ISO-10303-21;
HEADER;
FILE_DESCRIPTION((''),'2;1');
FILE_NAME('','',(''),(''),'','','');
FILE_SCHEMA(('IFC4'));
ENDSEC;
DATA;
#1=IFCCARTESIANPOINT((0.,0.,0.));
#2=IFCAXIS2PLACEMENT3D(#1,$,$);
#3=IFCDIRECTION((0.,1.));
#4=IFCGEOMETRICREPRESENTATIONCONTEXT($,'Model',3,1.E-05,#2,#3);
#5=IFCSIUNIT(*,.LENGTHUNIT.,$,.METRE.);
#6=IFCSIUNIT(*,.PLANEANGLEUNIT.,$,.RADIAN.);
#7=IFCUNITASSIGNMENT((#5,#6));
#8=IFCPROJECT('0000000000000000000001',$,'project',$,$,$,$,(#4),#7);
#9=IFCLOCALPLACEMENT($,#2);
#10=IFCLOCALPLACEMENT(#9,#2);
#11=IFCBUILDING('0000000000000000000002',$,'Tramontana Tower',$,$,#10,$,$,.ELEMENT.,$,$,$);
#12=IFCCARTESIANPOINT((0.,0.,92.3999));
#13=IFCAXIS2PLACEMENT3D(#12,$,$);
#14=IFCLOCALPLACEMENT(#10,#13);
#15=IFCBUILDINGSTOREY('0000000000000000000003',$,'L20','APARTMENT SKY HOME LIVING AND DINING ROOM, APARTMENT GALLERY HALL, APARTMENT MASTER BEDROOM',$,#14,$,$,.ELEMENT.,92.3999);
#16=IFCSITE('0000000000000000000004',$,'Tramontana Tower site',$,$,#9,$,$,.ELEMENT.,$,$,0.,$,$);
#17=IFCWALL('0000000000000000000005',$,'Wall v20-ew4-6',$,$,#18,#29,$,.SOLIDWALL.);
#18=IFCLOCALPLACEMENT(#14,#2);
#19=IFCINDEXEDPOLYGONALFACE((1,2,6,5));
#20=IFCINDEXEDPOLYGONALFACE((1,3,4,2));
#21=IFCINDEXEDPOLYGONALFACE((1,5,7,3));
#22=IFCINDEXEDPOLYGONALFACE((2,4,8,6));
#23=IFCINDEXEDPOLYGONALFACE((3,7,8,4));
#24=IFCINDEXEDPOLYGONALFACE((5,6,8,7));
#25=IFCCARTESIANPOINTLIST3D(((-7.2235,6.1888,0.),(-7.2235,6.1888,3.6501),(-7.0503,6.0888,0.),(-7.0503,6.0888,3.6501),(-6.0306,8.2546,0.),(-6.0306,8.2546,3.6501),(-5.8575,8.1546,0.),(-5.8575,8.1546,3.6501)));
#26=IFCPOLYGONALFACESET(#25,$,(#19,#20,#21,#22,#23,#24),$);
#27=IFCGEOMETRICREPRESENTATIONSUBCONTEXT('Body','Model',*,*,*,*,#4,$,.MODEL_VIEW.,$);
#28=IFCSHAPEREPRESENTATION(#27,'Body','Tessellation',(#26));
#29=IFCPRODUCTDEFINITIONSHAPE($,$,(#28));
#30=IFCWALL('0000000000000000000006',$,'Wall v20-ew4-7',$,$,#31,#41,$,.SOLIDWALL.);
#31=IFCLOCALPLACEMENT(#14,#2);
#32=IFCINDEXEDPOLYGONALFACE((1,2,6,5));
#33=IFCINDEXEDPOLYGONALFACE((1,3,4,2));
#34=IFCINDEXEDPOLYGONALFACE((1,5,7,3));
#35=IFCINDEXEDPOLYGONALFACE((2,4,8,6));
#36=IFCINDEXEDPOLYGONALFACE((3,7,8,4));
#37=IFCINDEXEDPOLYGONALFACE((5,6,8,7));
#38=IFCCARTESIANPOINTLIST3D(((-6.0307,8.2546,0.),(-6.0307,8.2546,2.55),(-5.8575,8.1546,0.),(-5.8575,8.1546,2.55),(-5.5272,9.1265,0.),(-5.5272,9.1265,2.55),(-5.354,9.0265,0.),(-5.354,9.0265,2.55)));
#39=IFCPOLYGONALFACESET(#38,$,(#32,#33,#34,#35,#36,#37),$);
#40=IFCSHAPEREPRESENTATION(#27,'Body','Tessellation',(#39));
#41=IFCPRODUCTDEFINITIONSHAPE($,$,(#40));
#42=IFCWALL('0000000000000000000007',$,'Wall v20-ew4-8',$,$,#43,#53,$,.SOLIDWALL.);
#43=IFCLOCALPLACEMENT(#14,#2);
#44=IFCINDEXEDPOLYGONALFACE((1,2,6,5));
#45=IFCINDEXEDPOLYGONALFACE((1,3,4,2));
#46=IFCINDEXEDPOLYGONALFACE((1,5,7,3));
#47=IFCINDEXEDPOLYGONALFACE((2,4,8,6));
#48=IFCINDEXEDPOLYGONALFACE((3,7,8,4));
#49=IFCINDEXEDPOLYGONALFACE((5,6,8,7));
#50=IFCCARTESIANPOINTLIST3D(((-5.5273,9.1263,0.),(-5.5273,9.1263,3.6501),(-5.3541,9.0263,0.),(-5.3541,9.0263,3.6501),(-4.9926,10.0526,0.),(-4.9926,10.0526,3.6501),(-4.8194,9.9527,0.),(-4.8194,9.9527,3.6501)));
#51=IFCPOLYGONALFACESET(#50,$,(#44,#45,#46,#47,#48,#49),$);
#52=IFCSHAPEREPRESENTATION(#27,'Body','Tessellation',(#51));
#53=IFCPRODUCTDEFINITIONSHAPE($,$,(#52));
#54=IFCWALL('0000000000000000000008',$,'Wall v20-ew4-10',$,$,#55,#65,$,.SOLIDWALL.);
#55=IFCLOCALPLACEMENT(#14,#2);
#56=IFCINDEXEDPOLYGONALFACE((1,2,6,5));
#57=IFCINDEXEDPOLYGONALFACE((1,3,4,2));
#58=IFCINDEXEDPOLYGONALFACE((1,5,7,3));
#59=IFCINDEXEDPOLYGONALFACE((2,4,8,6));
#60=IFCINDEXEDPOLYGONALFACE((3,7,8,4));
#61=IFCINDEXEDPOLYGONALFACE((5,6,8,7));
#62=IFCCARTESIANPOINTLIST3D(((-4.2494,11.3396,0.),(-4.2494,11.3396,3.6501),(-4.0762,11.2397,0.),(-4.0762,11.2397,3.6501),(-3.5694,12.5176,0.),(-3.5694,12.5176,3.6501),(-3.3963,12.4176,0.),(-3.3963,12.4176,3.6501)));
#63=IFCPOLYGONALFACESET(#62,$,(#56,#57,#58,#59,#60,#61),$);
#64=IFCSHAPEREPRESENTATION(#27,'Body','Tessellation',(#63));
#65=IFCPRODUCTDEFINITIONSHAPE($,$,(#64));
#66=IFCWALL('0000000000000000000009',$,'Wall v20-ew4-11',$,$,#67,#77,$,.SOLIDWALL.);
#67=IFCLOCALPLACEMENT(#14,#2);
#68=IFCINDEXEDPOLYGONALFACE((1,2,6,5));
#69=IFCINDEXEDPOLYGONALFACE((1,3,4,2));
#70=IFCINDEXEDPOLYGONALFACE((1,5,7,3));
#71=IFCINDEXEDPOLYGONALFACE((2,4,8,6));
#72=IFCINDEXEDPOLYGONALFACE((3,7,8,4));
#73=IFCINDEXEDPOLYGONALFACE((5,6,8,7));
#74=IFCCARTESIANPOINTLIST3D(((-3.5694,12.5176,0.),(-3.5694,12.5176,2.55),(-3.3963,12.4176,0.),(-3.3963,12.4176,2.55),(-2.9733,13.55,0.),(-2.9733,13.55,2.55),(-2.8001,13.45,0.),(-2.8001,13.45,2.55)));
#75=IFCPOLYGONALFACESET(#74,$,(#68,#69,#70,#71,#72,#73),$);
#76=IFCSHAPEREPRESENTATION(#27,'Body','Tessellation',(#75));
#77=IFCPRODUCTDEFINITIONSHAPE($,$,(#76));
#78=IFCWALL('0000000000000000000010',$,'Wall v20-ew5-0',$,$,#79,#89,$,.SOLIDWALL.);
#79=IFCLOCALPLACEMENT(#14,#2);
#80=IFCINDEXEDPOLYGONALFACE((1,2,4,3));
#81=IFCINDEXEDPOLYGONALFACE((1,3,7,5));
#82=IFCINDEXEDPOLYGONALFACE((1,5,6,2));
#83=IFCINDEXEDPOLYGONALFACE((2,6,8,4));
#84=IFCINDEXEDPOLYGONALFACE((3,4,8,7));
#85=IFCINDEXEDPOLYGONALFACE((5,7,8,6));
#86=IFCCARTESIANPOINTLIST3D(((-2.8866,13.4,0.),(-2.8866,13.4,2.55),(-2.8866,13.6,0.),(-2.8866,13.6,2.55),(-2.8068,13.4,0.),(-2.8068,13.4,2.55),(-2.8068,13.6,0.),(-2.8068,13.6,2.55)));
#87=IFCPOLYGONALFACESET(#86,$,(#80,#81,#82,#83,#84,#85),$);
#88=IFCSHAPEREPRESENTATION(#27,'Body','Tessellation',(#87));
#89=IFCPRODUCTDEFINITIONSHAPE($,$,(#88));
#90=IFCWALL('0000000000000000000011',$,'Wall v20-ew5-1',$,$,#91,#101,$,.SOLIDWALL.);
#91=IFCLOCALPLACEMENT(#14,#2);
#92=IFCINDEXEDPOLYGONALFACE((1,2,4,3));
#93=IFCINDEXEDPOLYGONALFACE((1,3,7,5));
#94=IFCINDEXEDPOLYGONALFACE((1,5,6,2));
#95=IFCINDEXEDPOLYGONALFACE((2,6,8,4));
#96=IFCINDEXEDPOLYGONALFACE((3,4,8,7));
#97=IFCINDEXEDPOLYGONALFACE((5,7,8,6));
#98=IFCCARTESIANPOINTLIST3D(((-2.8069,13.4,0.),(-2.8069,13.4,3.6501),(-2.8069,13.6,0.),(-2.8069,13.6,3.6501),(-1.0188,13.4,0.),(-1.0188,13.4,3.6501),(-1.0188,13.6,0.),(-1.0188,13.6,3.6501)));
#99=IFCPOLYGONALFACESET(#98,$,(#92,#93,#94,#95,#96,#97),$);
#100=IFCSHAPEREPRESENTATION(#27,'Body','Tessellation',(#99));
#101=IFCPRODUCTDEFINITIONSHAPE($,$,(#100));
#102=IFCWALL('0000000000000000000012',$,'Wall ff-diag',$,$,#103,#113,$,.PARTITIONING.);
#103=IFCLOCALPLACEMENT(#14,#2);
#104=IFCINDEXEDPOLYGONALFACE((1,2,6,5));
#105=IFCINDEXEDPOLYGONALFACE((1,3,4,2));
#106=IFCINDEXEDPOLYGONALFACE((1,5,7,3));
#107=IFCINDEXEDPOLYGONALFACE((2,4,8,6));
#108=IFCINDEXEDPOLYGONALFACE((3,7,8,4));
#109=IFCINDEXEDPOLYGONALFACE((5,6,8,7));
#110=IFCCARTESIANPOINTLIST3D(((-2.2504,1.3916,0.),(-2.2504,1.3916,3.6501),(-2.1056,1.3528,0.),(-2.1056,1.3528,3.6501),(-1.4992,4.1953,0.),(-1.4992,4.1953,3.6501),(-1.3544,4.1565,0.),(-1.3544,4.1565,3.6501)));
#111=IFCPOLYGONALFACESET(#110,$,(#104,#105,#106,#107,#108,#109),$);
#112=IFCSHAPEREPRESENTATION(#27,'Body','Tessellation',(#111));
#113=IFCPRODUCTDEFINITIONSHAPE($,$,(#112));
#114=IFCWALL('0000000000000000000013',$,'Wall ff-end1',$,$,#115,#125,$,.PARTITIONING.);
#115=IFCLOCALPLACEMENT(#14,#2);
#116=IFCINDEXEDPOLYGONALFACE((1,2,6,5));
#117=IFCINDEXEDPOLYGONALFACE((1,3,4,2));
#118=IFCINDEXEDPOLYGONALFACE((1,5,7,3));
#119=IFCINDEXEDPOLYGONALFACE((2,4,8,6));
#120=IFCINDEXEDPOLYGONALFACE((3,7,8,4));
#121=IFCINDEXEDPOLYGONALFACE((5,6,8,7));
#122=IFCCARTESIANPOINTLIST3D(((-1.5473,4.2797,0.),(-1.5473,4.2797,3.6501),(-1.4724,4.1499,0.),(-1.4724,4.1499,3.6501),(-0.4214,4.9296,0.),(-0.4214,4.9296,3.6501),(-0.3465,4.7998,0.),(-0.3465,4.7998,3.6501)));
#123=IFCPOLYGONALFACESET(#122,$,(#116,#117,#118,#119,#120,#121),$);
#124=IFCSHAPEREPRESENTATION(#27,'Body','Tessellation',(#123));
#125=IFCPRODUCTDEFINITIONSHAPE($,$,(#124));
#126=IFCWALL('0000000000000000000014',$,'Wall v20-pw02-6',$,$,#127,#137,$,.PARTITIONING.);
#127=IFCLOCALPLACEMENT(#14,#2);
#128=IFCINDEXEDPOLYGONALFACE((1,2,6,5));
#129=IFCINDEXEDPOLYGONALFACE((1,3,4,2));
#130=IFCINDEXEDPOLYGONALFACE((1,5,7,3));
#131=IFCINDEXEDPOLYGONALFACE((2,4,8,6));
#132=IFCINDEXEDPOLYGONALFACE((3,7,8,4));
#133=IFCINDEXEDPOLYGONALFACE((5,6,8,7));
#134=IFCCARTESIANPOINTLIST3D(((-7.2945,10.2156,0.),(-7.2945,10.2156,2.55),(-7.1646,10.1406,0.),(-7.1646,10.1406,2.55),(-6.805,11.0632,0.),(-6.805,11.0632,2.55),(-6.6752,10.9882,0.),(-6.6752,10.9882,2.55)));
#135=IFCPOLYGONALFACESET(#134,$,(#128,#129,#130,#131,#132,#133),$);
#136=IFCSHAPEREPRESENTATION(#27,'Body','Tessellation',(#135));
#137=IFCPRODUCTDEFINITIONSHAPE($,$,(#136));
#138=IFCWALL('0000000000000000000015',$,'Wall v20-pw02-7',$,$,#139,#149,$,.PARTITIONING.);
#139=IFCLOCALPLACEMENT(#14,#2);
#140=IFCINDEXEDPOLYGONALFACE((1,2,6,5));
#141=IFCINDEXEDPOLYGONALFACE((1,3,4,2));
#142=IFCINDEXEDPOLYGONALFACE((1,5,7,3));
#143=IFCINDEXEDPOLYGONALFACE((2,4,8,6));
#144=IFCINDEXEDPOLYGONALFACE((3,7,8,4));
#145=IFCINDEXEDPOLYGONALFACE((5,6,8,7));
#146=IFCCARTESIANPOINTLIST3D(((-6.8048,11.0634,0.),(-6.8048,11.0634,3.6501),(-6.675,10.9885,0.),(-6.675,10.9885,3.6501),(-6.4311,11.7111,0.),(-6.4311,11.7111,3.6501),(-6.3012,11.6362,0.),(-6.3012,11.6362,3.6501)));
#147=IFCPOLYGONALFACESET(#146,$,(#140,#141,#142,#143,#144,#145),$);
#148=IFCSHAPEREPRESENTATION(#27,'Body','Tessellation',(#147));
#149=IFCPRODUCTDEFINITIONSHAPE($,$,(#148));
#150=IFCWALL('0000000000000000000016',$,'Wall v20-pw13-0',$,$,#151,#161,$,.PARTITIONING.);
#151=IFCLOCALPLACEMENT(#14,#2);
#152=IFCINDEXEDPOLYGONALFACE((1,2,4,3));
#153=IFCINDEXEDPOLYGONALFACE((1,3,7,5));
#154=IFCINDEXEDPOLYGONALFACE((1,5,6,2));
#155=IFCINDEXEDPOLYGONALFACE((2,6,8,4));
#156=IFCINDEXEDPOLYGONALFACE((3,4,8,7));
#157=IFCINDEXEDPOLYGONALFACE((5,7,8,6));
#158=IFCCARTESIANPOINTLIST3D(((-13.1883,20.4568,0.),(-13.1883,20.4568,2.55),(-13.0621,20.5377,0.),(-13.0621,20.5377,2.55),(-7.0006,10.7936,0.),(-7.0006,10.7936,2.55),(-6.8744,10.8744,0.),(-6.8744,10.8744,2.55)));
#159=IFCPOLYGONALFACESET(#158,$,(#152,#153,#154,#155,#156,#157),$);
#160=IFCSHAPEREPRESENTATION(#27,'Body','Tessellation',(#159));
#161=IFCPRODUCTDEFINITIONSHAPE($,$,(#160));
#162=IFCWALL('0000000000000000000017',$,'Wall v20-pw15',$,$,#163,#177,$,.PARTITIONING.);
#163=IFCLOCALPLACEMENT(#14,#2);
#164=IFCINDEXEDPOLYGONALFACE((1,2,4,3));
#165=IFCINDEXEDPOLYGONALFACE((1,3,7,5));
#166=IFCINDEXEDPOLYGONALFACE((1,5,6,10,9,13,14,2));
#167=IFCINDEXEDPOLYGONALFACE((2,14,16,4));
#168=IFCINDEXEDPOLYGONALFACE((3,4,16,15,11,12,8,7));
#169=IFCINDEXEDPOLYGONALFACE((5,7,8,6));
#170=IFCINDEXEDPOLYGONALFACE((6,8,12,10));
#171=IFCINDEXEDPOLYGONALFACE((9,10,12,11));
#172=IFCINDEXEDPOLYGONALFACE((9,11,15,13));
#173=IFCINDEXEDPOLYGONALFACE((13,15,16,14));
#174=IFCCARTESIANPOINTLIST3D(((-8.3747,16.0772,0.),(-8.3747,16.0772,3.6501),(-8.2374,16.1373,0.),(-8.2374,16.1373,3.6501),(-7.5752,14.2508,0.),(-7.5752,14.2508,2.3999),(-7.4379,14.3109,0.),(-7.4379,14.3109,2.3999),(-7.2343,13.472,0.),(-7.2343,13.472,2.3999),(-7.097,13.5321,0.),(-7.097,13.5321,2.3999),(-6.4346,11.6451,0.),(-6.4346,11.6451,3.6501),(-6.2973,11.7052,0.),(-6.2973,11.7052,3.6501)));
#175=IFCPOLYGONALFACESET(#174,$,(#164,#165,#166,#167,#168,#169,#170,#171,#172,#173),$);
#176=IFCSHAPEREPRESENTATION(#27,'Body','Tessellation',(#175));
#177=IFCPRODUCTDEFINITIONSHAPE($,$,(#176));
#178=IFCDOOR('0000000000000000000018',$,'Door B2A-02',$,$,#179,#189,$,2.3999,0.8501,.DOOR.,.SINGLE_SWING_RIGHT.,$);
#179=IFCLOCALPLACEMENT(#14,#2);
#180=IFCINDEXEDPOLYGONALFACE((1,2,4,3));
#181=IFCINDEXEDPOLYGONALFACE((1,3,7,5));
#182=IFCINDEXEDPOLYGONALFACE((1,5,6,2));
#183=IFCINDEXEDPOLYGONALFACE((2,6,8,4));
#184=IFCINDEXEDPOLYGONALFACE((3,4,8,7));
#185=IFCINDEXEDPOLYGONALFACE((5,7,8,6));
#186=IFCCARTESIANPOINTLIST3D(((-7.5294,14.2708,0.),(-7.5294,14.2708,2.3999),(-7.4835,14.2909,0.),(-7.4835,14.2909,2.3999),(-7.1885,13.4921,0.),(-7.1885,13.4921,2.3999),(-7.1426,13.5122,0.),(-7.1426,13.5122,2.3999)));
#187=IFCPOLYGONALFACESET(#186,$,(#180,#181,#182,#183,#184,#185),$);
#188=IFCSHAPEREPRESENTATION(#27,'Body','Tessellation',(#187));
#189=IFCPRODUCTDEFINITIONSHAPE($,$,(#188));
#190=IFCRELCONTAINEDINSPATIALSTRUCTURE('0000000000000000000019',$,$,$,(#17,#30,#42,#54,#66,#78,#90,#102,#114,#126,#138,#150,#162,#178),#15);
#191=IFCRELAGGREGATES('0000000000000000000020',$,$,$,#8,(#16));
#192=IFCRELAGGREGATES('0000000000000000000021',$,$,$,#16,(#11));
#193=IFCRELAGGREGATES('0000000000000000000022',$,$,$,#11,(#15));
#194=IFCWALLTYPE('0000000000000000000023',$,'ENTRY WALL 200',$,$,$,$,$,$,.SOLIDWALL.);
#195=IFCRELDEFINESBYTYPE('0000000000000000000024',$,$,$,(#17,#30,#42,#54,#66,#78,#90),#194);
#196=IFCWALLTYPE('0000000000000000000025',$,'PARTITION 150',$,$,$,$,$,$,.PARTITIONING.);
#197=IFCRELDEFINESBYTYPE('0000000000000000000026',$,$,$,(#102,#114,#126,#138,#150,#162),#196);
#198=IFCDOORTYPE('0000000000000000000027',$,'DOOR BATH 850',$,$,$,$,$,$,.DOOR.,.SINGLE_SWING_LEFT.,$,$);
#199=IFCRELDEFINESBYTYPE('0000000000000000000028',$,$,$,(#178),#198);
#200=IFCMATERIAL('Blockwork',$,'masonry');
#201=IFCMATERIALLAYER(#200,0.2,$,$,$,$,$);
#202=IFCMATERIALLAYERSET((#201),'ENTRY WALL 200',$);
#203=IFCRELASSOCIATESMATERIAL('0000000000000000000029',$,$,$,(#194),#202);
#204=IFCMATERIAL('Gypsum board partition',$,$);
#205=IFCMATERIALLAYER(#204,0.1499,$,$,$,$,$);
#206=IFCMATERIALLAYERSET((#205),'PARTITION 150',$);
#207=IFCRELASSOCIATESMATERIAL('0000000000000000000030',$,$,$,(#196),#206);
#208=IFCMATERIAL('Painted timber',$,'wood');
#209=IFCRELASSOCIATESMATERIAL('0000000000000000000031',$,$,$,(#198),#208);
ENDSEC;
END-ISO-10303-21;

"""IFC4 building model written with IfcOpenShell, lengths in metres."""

from ifc_helpers import new_model, si_unit, direction, frame, frame_2d, origin, place, context, subcontext, project, spatial, rectangle, extrude, material, layer, layer_set, type_object, element, fill, save


model = new_model("IFC4")

# Units and contexts
model_context = context("Model", 3, precision=1e-05, world=origin(), true_north=direction((0.0, 1.0)))
body_context = subcontext(model_context, "Body", "Model", "MODEL_VIEW")
ifc_project = project(units=[si_unit("LENGTHUNIT", "METRE"), si_unit("PLANEANGLEUNIT", "RADIAN")], contexts=[model_context])

# Site, building, storey
site_placement = place(None, origin())
site = spatial("IfcSite", under=ifc_project, at=site_placement, Name="Tramontana Tower site", CompositionType="ELEMENT", RefElevation=0.0)
building_placement = place(site_placement, origin())
building = spatial("IfcBuilding", under=site, at=building_placement, Name="Tramontana Tower", CompositionType="ELEMENT")
storey_placement = place(building_placement, frame((0.0, 0.0, 92.3999)))
storey = spatial("IfcBuildingStorey", under=building, at=storey_placement, Name="L20", Description="APARTMENT SKY HOME LIVING AND DINING ROOM, APARTMENT GALLERY HALL, APARTMENT MASTER BEDROOM", CompositionType="ELEMENT", Elevation=92.3999)

# Walls
ifc_material_1 = material(Name="Blockwork", Category="masonry")
ifc_layer_1 = layer(ifc_material_1, 0.2)
ifc_layer_set_1 = layer_set([ifc_layer_1], Name="ENTRY WALL 200")
wall_type_1 = type_object("IfcWallType", Name="ENTRY WALL 200", PredefinedType="SOLIDWALL", material=ifc_layer_set_1)
wall_1_placement = place(storey_placement, frame((-7.137, 6.1387, 0.0), z_axis=(0.0, 0.0, 1.0), x_axis=(0.500035, 0.866005, 0.0)))
element("IfcWall", 1, at=wall_1_placement, inside=storey, type_object=wall_type_1, Name="Wall v20-ew4-6", PredefinedType="SOLIDWALL", context=body_context, shape_type="SweptSolid", body=[
    extrude(rectangle(XDim=2.3855, YDim=0.2, at=frame_2d((1.1929, 0.0))), origin(), (0.0, 0.0, 1.0), 3.6501),
])
wall_2_placement = place(storey_placement, frame((-5.9441, 8.2046, 0.0), z_axis=(0.0, 0.0, 1.0), x_axis=(0.500051, 0.865996, 0.0)))
element("IfcWall", 2, at=wall_2_placement, inside=storey, type_object=wall_type_1, Name="Wall v20-ew4-7", PredefinedType="SOLIDWALL", context=body_context, shape_type="SweptSolid", body=[
    extrude(rectangle(XDim=1.0068, YDim=0.2, at=frame_2d((0.5034, 0.0))), origin(), (0.0, 0.0, 1.0), 2.55),
])
wall_3_placement = place(storey_placement, frame((-5.4407, 9.0764, 0.0), z_axis=(0.0, 0.0, 1.0), x_axis=(0.49992, 0.866072, 0.0)))
element("IfcWall", 3, at=wall_3_placement, inside=storey, type_object=wall_type_1, Name="Wall v20-ew4-8", PredefinedType="SOLIDWALL", context=body_context, shape_type="SweptSolid", body=[
    extrude(rectangle(XDim=1.0696, YDim=0.2, at=frame_2d((0.5347, 0.0))), origin(), (0.0, 0.0, 1.0), 3.6501),
])

# Walls
wall_4_placement = place(storey_placement, frame((-4.1628, 11.2896, 0.0), z_axis=(0.0, 0.0, 1.0), x_axis=(0.499904, 0.866081, 0.0)))
element("IfcWall", 4, at=wall_4_placement, inside=storey, type_object=wall_type_1, Name="Wall v20-ew4-10", PredefinedType="SOLIDWALL", context=body_context, shape_type="SweptSolid", body=[
    extrude(rectangle(XDim=1.3601, YDim=0.2, at=frame_2d((0.6802, 0.0))), origin(), (0.0, 0.0, 1.0), 3.6501),
])
wall_5_placement = place(storey_placement, frame((-3.4829, 12.4675, 0.0), z_axis=(0.0, 0.0, 1.0), x_axis=(0.500059, 0.865991, 0.0)))
element("IfcWall", 5, at=wall_5_placement, inside=storey, type_object=wall_type_1, Name="Wall v20-ew4-11", PredefinedType="SOLIDWALL", context=body_context, shape_type="SweptSolid", body=[
    extrude(rectangle(XDim=1.1921, YDim=0.2, at=frame_2d((0.5962, 0.0))), origin(), (0.0, 0.0, 1.0), 2.55),
])
wall_6_placement = place(storey_placement, frame((-2.8867, 13.5, 0.0), z_axis=(0.0, 0.0, 1.0), x_axis=(1.0, 0.0, 0.0)))
element("IfcWall", 6, at=wall_6_placement, inside=storey, type_object=wall_type_1, Name="Wall v20-ew5-0", PredefinedType="SOLIDWALL", context=body_context, shape_type="SweptSolid", body=[
    extrude(rectangle(XDim=0.0798, YDim=0.2, at=frame_2d((0.04, 0.0))), origin(), (0.0, 0.0, 1.0), 2.55),
])
wall_7_placement = place(storey_placement, frame((-2.8069, 13.5, 0.0), z_axis=(0.0, 0.0, 1.0), x_axis=(1.0, 0.0, 0.0)))
element("IfcWall", 7, at=wall_7_placement, inside=storey, type_object=wall_type_1, Name="Wall v20-ew5-1", PredefinedType="SOLIDWALL", context=body_context, shape_type="SweptSolid", body=[
    extrude(rectangle(XDim=1.7881, YDim=0.2, at=frame_2d((0.894, 0.0))), origin(), (0.0, 0.0, 1.0), 3.6501),
])
ifc_material_2 = material(Name="Gypsum board partition")
ifc_layer_2 = layer(ifc_material_2, 0.1499)
ifc_layer_set_2 = layer_set([ifc_layer_2], Name="PARTITION 150")
wall_type_2 = type_object("IfcWallType", Name="PARTITION 150", PredefinedType="PARTITIONING", material=ifc_layer_set_2)
wall_8_placement = place(storey_placement, frame((-2.178, 1.3723, 0.0), z_axis=(0.0, 0.0, 1.0), x_axis=(0.258809, 0.965929, 0.0)))
element("IfcWall", 8, at=wall_8_placement, inside=storey, type_object=wall_type_2, Name="Wall ff-diag", PredefinedType="PARTITIONING", context=body_context, shape_type="SweptSolid", body=[
    extrude(rectangle(XDim=2.9026, YDim=0.1499, at=frame_2d((1.4512, 0.0))), origin(), (0.0, 0.0, 1.0), 3.6501),
])
wall_9_placement = place(storey_placement, frame((-1.5098, 4.2148, 0.0), z_axis=(0.0, 0.0, 1.0), x_axis=(0.866086, 0.499896, 0.0)))
element("IfcWall", 9, at=wall_9_placement, inside=storey, type_object=wall_type_2, Name="Wall ff-end1", PredefinedType="PARTITIONING", context=body_context, shape_type="SweptSolid", body=[
    extrude(rectangle(XDim=1.3, YDim=0.1499, at=frame_2d((0.6499, 0.0))), origin(), (0.0, 0.0, 1.0), 3.6501),
])
wall_10_placement = place(storey_placement, frame((-7.2295, 10.1782, 0.0), z_axis=(0.0, 0.0, 1.0), x_axis=(0.500082, 0.865978, 0.0)))
element("IfcWall", 10, at=wall_10_placement, inside=storey, type_object=wall_type_2, Name="Wall v20-pw02-6", PredefinedType="PARTITIONING", context=body_context, shape_type="SweptSolid", body=[
    extrude(rectangle(XDim=0.9788, YDim=0.1499, at=frame_2d((0.4893, 0.0))), origin(), (0.0, 0.0, 1.0), 2.55),
])
wall_11_placement = place(storey_placement, frame((-6.74, 11.0259, 0.0), z_axis=(0.0, 0.0, 1.0), x_axis=(0.499826, 0.866126, 0.0)))
element("IfcWall", 11, at=wall_11_placement, inside=storey, type_object=wall_type_2, Name="Wall v20-pw02-7", PredefinedType="PARTITIONING", context=body_context, shape_type="SweptSolid", body=[
    extrude(rectangle(XDim=0.7478, YDim=0.1499, at=frame_2d((0.374, 0.0))), origin(), (0.0, 0.0, 1.0), 3.6501),
])
wall_12_placement = place(storey_placement, frame((-6.9375, 10.834, 0.0), z_axis=(0.0, 0.0, 1.0), x_axis=(-0.539252, 0.842144, 0.0)))
element("IfcWall", 12, at=wall_12_placement, inside=storey, type_object=wall_type_2, Name="Wall v20-pw13-0", PredefinedType="PARTITIONING", context=body_context, shape_type="SweptSolid", body=[
    extrude(rectangle(XDim=11.4746, YDim=0.1499, at=frame_2d((5.7373, 0.0))), origin(), (0.0, 0.0, 1.0), 2.55),
])

# Wall, opening, door
wall_13_placement = place(storey_placement, frame((-6.366, 11.6753, 0.0), z_axis=(0.0, 0.0, 1.0), x_axis=(-0.401015, 0.916072, 0.0)))
wall_13 = element("IfcWall", 13, at=wall_13_placement, inside=storey, type_object=wall_type_2, Name="Wall v20-pw15", PredefinedType="PARTITIONING", context=body_context, shape_type="SweptSolid", body=[
    extrude(rectangle(XDim=4.8381, YDim=0.1499, at=frame_2d((2.4189, 0.0))), origin(), (0.0, 0.0, 1.0), 3.6501),
])
opening_1_placement = place(wall_13_placement, frame((1.9941, 0.0, 0.0)))
opening_1 = element("IfcOpeningElement", 14, at=opening_1_placement, cuts=wall_13, PredefinedType="OPENING", context=body_context, shape_type="SweptSolid", body=[
    extrude(rectangle(XDim=0.8501, YDim=2.3999, at=frame_2d((0.425, 1.2))), frame((0.0, 0.085, 0.0), z_axis=(0.0, -1.0, 0.0), x_axis=(1.0, 0.0, 0.0)), (0.0, 0.0, 1.0), 0.1699),
])
ifc_material_3 = material(Name="Painted timber", Category="wood")
door_type_1 = type_object("IfcDoorType", Name="DOOR BATH 850", OperationType="SINGLE_SWING_LEFT", PredefinedType="DOOR", material=ifc_material_3)
door_1_placement = place(opening_1_placement, origin())
door_1 = element("IfcDoor", 15, at=door_1_placement, inside=storey, type_object=door_type_1, Name="Door B2A-02", OperationType="SINGLE_SWING_RIGHT", OverallHeight=2.3999, OverallWidth=0.8501, PredefinedType="DOOR", context=body_context, shape_type="SweptSolid", body=[
    extrude(rectangle(XDim=0.8501, YDim=2.3999, at=frame_2d((0.425, 1.2))), frame((0.0, 0.0249, 0.0), z_axis=(0.0, -1.0, 0.0), x_axis=(1.0, 0.0, 0.0)), (0.0, 0.0, 1.0), 0.05),
])
fill(opening_1, door_1)

save(model, "model.ifc")
